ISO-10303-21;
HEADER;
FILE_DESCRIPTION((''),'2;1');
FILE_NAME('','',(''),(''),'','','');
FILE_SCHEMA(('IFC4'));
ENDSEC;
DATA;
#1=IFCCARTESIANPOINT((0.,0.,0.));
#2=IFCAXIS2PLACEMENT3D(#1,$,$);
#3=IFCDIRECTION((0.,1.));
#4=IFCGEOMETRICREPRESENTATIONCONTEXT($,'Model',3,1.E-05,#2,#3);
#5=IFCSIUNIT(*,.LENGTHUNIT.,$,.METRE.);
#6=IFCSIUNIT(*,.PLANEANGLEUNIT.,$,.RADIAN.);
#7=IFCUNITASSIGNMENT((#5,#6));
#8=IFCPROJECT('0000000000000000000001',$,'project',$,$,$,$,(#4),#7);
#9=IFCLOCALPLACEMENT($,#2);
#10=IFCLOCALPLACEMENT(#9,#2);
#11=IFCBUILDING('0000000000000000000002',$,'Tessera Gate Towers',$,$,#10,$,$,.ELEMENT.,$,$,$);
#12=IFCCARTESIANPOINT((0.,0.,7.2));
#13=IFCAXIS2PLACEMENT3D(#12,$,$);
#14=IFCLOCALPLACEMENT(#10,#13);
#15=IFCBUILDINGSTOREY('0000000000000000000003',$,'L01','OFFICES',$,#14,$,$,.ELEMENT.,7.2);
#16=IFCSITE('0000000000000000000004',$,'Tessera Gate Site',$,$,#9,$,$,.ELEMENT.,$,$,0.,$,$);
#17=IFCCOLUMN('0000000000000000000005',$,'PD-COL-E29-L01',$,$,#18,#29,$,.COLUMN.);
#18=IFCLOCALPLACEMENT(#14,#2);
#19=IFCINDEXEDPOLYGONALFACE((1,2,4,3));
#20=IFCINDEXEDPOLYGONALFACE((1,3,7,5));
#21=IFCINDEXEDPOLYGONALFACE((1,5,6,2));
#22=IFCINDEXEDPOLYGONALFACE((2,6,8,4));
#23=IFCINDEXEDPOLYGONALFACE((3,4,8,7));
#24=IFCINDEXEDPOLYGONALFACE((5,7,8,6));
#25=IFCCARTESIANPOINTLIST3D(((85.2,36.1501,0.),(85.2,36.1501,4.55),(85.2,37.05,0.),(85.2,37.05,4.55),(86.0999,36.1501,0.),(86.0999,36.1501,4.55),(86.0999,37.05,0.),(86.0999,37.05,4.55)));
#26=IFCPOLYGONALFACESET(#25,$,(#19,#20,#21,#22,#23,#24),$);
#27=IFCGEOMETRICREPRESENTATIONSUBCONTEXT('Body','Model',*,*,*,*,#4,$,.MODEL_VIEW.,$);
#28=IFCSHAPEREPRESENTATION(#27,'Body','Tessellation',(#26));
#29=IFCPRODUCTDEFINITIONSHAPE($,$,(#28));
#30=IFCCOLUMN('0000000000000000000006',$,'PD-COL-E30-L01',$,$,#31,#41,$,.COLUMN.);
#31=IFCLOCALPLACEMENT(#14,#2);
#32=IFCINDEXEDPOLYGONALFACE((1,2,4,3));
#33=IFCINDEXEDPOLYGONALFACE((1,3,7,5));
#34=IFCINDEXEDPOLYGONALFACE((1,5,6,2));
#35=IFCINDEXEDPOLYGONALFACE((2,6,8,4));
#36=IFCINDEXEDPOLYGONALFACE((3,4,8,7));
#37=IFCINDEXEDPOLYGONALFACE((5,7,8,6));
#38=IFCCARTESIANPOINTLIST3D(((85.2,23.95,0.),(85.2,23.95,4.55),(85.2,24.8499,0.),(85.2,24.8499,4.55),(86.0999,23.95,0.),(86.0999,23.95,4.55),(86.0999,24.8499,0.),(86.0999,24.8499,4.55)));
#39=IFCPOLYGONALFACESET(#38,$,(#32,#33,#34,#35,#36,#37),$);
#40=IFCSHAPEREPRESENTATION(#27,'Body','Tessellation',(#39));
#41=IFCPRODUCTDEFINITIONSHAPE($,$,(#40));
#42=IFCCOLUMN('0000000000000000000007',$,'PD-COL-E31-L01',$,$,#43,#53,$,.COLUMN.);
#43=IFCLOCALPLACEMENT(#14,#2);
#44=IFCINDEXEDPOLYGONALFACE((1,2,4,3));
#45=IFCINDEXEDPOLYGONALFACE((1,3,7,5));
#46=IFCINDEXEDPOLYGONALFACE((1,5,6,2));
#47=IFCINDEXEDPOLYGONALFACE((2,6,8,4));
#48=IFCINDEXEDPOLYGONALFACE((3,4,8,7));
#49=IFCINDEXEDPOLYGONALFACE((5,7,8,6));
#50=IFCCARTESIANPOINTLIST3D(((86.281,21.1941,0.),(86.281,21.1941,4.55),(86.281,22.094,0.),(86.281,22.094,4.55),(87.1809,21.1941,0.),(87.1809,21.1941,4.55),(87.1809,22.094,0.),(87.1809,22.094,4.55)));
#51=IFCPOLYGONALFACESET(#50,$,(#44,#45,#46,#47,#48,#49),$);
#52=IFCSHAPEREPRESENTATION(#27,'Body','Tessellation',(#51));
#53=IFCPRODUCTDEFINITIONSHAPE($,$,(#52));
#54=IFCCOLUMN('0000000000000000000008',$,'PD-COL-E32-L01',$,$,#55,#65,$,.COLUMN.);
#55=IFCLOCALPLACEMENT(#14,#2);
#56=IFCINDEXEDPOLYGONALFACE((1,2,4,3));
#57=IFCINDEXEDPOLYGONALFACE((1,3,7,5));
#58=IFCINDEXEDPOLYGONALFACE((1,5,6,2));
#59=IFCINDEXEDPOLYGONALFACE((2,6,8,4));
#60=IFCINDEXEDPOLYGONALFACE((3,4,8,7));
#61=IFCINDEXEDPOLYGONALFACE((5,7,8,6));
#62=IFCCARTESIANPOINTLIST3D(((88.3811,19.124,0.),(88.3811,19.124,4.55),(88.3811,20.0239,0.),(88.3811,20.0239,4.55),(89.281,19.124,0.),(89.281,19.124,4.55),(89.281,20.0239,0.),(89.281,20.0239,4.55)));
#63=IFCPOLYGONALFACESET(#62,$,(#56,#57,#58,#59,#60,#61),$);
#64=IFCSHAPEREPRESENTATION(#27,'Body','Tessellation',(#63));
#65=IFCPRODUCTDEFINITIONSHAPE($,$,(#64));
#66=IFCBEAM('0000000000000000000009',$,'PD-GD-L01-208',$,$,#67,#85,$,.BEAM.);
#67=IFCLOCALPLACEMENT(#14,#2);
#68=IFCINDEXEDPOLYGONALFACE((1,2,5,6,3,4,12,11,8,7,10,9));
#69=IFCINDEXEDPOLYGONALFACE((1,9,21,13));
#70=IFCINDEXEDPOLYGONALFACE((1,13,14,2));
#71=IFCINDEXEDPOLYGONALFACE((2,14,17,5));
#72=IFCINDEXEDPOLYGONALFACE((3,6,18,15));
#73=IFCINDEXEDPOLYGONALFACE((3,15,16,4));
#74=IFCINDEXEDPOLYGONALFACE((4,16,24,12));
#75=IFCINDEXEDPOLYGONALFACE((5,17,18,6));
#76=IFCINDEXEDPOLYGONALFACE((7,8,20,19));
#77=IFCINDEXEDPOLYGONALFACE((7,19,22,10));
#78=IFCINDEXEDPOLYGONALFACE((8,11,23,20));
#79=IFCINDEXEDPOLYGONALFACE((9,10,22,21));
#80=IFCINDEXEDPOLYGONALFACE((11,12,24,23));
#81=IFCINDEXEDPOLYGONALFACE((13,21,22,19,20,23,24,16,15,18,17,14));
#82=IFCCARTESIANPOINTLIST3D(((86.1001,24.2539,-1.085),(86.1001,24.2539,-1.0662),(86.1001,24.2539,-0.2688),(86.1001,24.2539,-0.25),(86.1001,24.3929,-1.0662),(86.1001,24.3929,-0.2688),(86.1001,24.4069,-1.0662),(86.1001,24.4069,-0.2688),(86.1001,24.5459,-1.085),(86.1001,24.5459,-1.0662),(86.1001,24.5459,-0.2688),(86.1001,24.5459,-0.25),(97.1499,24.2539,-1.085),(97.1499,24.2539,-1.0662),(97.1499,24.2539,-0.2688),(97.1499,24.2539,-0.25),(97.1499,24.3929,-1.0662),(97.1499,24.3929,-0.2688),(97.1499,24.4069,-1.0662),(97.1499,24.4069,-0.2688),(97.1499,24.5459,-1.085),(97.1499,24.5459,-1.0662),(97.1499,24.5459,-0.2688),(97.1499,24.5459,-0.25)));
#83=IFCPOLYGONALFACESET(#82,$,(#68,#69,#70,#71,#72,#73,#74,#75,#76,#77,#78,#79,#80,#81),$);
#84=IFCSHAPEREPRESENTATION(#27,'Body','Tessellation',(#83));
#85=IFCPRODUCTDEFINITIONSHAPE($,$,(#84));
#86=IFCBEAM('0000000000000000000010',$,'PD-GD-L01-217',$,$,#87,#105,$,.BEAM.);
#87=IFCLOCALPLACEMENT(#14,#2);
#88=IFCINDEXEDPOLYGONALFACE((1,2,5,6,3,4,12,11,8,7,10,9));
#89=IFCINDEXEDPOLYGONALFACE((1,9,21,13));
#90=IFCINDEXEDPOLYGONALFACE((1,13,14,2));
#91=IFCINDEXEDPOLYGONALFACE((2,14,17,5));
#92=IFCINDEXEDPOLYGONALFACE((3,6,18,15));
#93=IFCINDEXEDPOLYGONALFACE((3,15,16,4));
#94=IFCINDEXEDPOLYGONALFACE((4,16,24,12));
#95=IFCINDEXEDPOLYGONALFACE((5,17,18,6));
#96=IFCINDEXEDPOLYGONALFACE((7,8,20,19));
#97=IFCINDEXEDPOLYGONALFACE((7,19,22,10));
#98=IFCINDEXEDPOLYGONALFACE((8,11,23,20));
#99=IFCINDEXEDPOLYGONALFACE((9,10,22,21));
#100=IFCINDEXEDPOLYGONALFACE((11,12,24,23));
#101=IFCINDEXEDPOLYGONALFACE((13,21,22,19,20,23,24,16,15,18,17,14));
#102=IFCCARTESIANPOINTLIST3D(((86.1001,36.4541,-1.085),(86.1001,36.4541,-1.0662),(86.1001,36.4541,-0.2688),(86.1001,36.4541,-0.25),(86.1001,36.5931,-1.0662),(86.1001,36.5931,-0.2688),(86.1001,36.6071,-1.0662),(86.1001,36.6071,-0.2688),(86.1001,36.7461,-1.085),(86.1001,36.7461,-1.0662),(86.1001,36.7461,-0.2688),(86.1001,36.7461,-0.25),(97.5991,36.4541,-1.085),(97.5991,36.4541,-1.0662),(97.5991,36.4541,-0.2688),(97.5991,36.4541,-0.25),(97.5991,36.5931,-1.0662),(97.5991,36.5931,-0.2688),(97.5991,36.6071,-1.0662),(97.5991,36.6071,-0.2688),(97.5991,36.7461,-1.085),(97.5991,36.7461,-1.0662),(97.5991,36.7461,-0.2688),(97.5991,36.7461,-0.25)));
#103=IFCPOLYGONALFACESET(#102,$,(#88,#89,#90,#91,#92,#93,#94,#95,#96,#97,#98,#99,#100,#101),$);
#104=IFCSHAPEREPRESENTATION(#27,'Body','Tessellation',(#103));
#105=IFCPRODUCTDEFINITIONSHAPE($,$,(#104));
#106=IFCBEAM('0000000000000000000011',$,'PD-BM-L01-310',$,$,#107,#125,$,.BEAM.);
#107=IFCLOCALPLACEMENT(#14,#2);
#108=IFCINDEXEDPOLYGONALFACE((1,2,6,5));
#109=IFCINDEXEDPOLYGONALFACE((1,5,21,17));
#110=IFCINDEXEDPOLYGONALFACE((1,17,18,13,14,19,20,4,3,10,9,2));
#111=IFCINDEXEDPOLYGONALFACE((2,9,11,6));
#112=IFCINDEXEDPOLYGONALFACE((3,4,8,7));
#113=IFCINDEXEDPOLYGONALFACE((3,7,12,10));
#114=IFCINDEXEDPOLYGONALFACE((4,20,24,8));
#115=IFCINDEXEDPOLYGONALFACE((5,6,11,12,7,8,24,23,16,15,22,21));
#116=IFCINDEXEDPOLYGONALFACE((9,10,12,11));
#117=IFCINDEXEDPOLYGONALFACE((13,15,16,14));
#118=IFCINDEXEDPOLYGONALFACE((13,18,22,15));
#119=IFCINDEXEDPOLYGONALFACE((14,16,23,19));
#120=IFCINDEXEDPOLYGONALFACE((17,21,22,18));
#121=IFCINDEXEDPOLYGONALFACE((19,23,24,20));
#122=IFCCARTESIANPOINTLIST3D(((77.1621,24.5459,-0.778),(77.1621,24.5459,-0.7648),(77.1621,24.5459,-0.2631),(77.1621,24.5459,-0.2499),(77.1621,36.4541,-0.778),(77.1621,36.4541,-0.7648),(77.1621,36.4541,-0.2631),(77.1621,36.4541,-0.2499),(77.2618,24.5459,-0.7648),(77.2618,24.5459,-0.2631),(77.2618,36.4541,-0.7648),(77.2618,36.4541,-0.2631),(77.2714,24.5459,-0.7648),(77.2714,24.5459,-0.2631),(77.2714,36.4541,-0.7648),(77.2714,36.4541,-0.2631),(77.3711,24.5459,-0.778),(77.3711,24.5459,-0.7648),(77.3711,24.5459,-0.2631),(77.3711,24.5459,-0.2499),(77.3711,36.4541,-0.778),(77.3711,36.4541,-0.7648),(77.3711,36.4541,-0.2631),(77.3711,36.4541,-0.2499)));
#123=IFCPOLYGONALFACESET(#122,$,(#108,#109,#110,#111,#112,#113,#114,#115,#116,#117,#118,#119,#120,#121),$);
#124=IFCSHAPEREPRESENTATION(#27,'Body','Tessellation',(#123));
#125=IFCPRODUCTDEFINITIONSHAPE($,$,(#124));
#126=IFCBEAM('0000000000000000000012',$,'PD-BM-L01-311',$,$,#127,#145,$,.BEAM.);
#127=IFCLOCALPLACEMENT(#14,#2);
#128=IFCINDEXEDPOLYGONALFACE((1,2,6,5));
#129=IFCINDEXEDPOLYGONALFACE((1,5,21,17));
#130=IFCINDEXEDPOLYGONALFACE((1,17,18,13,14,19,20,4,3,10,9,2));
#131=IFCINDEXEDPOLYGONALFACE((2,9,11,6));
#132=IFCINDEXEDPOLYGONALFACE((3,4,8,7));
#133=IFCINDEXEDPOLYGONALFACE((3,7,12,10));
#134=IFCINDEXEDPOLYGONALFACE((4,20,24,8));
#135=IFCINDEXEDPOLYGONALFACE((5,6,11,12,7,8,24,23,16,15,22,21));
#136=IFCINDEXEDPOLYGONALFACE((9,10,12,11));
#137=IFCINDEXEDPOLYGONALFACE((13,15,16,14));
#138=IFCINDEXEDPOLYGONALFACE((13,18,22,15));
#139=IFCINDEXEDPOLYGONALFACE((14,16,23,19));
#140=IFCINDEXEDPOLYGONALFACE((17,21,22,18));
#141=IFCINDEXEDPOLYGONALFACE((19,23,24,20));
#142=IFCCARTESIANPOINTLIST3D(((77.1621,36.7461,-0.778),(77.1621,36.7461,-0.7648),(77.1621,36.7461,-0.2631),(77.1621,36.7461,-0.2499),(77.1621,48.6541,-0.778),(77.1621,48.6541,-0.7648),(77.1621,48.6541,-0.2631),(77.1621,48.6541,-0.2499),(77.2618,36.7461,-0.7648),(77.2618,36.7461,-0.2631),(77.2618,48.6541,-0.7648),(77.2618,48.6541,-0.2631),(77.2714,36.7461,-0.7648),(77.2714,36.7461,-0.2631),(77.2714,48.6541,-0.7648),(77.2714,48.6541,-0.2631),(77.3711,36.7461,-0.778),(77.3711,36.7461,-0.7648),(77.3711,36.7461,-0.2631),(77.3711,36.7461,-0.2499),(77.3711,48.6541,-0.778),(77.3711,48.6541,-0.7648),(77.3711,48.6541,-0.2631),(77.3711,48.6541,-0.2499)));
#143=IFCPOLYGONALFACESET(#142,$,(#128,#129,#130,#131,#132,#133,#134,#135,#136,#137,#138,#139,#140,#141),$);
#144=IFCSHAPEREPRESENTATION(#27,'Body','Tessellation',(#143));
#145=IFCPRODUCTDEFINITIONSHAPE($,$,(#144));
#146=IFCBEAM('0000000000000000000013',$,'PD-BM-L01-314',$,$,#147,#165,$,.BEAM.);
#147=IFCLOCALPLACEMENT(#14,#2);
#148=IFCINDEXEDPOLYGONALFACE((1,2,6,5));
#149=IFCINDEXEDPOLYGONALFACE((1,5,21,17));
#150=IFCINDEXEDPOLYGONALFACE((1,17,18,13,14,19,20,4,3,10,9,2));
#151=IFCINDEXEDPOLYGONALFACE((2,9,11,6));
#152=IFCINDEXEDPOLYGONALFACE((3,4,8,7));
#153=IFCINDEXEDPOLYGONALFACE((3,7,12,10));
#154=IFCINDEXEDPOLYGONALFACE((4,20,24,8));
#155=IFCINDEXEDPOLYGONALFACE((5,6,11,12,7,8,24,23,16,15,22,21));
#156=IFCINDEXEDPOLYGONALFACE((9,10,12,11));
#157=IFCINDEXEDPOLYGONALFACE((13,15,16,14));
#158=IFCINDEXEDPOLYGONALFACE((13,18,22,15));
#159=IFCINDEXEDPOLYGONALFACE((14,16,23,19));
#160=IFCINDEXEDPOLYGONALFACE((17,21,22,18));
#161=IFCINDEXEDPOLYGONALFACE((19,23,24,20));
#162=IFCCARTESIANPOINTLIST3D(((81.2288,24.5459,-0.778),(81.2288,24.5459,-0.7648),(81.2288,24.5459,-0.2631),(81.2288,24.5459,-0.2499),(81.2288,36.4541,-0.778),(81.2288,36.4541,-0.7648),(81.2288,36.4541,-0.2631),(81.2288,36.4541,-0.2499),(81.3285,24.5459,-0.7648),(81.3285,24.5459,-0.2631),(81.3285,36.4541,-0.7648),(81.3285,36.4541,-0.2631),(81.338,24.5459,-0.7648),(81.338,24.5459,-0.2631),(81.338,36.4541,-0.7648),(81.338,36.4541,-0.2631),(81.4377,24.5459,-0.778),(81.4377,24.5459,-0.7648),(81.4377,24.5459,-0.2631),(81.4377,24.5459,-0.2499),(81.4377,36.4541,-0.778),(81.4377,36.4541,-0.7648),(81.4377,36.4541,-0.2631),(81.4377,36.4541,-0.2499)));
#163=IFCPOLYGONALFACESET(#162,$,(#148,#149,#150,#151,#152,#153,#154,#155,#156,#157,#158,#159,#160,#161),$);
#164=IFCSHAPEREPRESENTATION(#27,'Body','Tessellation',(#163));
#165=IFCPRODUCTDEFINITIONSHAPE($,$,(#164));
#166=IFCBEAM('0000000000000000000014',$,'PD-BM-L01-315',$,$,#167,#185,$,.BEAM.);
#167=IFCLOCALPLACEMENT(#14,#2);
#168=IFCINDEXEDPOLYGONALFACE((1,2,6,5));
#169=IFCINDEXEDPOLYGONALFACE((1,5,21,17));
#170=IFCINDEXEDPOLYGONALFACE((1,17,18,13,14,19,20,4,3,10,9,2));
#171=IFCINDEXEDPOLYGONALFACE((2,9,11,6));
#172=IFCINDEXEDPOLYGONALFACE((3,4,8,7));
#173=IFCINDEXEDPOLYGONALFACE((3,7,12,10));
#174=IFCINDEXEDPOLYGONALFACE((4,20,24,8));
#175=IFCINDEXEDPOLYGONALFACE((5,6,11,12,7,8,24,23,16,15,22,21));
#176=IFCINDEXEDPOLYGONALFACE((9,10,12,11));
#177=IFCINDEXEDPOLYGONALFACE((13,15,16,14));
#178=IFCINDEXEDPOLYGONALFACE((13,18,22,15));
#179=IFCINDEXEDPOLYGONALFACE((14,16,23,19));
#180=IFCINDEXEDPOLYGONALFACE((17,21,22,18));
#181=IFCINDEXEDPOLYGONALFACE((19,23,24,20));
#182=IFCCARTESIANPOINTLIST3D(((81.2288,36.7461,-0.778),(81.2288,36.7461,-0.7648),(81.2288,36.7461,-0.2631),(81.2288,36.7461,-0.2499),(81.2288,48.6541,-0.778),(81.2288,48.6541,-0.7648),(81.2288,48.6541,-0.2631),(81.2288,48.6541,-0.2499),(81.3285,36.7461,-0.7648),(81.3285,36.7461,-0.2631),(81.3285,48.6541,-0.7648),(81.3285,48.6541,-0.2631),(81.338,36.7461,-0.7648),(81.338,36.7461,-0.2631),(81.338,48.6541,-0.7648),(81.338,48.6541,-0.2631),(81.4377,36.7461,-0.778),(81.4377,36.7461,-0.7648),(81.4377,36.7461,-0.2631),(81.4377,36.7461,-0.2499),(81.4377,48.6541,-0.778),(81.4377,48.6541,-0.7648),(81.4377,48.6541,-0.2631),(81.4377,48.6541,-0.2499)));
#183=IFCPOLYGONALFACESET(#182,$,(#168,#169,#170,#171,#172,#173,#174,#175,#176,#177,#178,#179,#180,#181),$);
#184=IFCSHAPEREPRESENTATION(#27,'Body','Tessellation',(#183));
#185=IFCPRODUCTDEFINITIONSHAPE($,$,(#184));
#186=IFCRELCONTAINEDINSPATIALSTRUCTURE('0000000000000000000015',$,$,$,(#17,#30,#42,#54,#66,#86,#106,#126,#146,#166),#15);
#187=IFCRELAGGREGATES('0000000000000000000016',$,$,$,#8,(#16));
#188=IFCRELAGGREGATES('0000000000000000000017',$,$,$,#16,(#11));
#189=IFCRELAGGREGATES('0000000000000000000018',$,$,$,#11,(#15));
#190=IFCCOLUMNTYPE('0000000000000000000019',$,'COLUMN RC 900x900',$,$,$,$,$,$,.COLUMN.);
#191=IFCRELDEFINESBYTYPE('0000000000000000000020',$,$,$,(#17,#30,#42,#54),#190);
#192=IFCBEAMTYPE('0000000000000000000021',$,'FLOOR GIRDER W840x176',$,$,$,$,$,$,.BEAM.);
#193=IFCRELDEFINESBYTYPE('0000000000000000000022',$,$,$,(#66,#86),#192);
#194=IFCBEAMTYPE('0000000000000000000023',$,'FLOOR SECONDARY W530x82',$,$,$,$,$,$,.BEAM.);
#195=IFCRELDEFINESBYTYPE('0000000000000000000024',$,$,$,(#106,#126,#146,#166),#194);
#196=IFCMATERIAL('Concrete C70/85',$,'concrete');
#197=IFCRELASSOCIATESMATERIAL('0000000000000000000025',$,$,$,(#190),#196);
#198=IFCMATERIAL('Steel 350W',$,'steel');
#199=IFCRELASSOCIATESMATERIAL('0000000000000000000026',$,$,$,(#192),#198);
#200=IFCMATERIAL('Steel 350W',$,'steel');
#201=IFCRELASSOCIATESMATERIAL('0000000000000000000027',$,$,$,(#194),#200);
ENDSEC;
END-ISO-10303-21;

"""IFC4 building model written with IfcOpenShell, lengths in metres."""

from ifc_helpers import new_model, si_unit, direction, frame, origin, origin_2d, place, context, subcontext, project, spatial, rectangle, i_section, extrude, material, material_profile, profile_set, type_object, element, save


model = new_model("IFC4")

# Units and contexts
model_context = context("Model", 3, precision=1e-05, world=origin(), true_north=direction((0.0, 1.0)))
body_context = subcontext(model_context, "Body", "Model", "MODEL_VIEW")
ifc_project = project(units=[si_unit("LENGTHUNIT", "METRE"), si_unit("PLANEANGLEUNIT", "RADIAN")], contexts=[model_context])

# Site, building, storey
site_placement = place(None, origin())
site = spatial("IfcSite", under=ifc_project, at=site_placement, Name="Tessera Gate Site", CompositionType="ELEMENT", RefElevation=0.0)
building_placement = place(site_placement, origin())
building = spatial("IfcBuilding", under=site, at=building_placement, Name="Tessera Gate Towers", CompositionType="ELEMENT")
storey_placement = place(building_placement, frame((0.0, 0.0, 7.2)))
storey = spatial("IfcBuildingStorey", under=building, at=storey_placement, Name="L01", Description="OFFICES", CompositionType="ELEMENT", Elevation=7.2)

# Columns
ifc_material_1 = material(Name="Concrete C70/85", Category="concrete")
ifc_material_profile_1 = material_profile(ifc_material_1, rectangle(XDim=0.8999, YDim=0.8999, at=origin_2d()), Name="RC 900x900")
ifc_profile_set_1 = profile_set([ifc_material_profile_1], Name="Concrete C70/85")
column_type = type_object("IfcColumnType", Name="COLUMN RC 900x900", PredefinedType="COLUMN", material=ifc_profile_set_1)
for number, where, z_axis, x_axis, name in (
    (1, (85.6499, 36.6001, 0.0), (0.0, 0.0, 1.0), (1.0, 0.0, 0.0), "PD-COL-E29-L01"),
    (2, (85.6499, 24.3999, 0.0), (0.0, 0.0, 1.0), (1.0, 0.0, 0.0), "PD-COL-E30-L01"),
    (3, (86.731, 21.644, 0.0), (0.0, 0.0, 1.0), (1.0, 0.0, 0.0), "PD-COL-E31-L01"),
    (4, (88.8311, 19.574, 0.0), (0.0, 0.0, 1.0), (1.0, 0.0, 0.0), "PD-COL-E32-L01"),
):
    element("IfcColumn", number, at=place(storey_placement, frame(where, z_axis=z_axis, x_axis=x_axis)), inside=storey, type_object=column_type, Name=name, PredefinedType="COLUMN", context=body_context, shape_type="SweptSolid", body=[
        extrude(rectangle(XDim=0.8999, YDim=0.8999, at=origin_2d()), origin(), (0.0, 0.0, 1.0), 4.55),
    ])

# Beams
ifc_material_2 = material(Name="Steel 350W", Category="steel")
ifc_material_profile_2 = material_profile(ifc_material_2, i_section(OverallWidth=0.292, OverallDepth=0.835, WebThickness=0.0139, FlangeThickness=0.0188, at=origin_2d()), Name="W840x176")
ifc_profile_set_2 = profile_set([ifc_material_profile_2], Name="Steel 350W")
beam_type_1 = type_object("IfcBeamType", Name="FLOOR GIRDER W840x176", PredefinedType="BEAM", material=ifc_profile_set_2)
beam_1_placement = place(storey_placement, frame((86.1001, 24.3999, -0.6675), z_axis=(1.0, 0.0, 0.0), x_axis=(0.0, 1.0, 0.0)))
element("IfcBeam", 5, at=beam_1_placement, inside=storey, type_object=beam_type_1, Name="PD-GD-L01-208", PredefinedType="BEAM", context=body_context, shape_type="SweptSolid", body=[
    extrude(i_section(OverallWidth=0.292, OverallDepth=0.835, WebThickness=0.0139, FlangeThickness=0.0188, at=origin_2d()), origin(), (0.0, 0.0, 1.0), 11.0498),
])
beam_2_placement = place(storey_placement, frame((86.1001, 36.6001, -0.6675), z_axis=(1.0, 0.0, 0.0), x_axis=(0.0, 1.0, 0.0)))
element("IfcBeam", 6, at=beam_2_placement, inside=storey, type_object=beam_type_1, Name="PD-GD-L01-217", PredefinedType="BEAM", context=body_context, shape_type="SweptSolid", body=[
    extrude(i_section(OverallWidth=0.292, OverallDepth=0.835, WebThickness=0.0139, FlangeThickness=0.0188, at=origin_2d()), origin(), (0.0, 0.0, 1.0), 11.499),
])
ifc_material_3 = material(Name="Steel 350W", Category="steel")
ifc_material_profile_3 = material_profile(ifc_material_3, i_section(OverallWidth=0.209, OverallDepth=0.5281, WebThickness=0.0095, FlangeThickness=0.0132, at=origin_2d()), Name="W530x82")
ifc_profile_set_3 = profile_set([ifc_material_profile_3], Name="Steel 350W")
beam_type_2 = type_object("IfcBeamType", Name="FLOOR SECONDARY W530x82", PredefinedType="BEAM", material=ifc_profile_set_3)
beam_3_placement = place(storey_placement, frame((77.2666, 24.5459, -0.5139), z_axis=(0.0, 1.0, 0.0), x_axis=(-1.0, 0.0, 0.0)))
element("IfcBeam", 7, at=beam_3_placement, inside=storey, type_object=beam_type_2, Name="PD-BM-L01-310", PredefinedType="BEAM", context=body_context, shape_type="SweptSolid", body=[
    extrude(i_section(OverallWidth=0.209, OverallDepth=0.5281, WebThickness=0.0095, FlangeThickness=0.0132, at=origin_2d()), origin(), (0.0, 0.0, 1.0), 11.9082),
])
beam_4_placement = place(storey_placement, frame((77.2666, 36.7461, -0.5139), z_axis=(0.0, 1.0, 0.0), x_axis=(-1.0, 0.0, 0.0)))
element("IfcBeam", 8, at=beam_4_placement, inside=storey, type_object=beam_type_2, Name="PD-BM-L01-311", PredefinedType="BEAM", context=body_context, shape_type="SweptSolid", body=[
    extrude(i_section(OverallWidth=0.209, OverallDepth=0.5281, WebThickness=0.0095, FlangeThickness=0.0132, at=origin_2d()), origin(), (0.0, 0.0, 1.0), 11.908),
])
beam_5_placement = place(storey_placement, frame((81.3333, 24.5459, -0.5139), z_axis=(0.0, 1.0, 0.0), x_axis=(-1.0, 0.0, 0.0)))
element("IfcBeam", 9, at=beam_5_placement, inside=storey, type_object=beam_type_2, Name="PD-BM-L01-314", PredefinedType="BEAM", context=body_context, shape_type="SweptSolid", body=[
    extrude(i_section(OverallWidth=0.209, OverallDepth=0.5281, WebThickness=0.0095, FlangeThickness=0.0132, at=origin_2d()), origin(), (0.0, 0.0, 1.0), 11.9082),
])
beam_6_placement = place(storey_placement, frame((81.3333, 36.7461, -0.5139), z_axis=(0.0, 1.0, 0.0), x_axis=(-1.0, 0.0, 0.0)))
element("IfcBeam", 10, at=beam_6_placement, inside=storey, type_object=beam_type_2, Name="PD-BM-L01-315", PredefinedType="BEAM", context=body_context, shape_type="SweptSolid", body=[
    extrude(i_section(OverallWidth=0.209, OverallDepth=0.5281, WebThickness=0.0095, FlangeThickness=0.0132, at=origin_2d()), origin(), (0.0, 0.0, 1.0), 11.908),
])

save(model, "model.ifc")
